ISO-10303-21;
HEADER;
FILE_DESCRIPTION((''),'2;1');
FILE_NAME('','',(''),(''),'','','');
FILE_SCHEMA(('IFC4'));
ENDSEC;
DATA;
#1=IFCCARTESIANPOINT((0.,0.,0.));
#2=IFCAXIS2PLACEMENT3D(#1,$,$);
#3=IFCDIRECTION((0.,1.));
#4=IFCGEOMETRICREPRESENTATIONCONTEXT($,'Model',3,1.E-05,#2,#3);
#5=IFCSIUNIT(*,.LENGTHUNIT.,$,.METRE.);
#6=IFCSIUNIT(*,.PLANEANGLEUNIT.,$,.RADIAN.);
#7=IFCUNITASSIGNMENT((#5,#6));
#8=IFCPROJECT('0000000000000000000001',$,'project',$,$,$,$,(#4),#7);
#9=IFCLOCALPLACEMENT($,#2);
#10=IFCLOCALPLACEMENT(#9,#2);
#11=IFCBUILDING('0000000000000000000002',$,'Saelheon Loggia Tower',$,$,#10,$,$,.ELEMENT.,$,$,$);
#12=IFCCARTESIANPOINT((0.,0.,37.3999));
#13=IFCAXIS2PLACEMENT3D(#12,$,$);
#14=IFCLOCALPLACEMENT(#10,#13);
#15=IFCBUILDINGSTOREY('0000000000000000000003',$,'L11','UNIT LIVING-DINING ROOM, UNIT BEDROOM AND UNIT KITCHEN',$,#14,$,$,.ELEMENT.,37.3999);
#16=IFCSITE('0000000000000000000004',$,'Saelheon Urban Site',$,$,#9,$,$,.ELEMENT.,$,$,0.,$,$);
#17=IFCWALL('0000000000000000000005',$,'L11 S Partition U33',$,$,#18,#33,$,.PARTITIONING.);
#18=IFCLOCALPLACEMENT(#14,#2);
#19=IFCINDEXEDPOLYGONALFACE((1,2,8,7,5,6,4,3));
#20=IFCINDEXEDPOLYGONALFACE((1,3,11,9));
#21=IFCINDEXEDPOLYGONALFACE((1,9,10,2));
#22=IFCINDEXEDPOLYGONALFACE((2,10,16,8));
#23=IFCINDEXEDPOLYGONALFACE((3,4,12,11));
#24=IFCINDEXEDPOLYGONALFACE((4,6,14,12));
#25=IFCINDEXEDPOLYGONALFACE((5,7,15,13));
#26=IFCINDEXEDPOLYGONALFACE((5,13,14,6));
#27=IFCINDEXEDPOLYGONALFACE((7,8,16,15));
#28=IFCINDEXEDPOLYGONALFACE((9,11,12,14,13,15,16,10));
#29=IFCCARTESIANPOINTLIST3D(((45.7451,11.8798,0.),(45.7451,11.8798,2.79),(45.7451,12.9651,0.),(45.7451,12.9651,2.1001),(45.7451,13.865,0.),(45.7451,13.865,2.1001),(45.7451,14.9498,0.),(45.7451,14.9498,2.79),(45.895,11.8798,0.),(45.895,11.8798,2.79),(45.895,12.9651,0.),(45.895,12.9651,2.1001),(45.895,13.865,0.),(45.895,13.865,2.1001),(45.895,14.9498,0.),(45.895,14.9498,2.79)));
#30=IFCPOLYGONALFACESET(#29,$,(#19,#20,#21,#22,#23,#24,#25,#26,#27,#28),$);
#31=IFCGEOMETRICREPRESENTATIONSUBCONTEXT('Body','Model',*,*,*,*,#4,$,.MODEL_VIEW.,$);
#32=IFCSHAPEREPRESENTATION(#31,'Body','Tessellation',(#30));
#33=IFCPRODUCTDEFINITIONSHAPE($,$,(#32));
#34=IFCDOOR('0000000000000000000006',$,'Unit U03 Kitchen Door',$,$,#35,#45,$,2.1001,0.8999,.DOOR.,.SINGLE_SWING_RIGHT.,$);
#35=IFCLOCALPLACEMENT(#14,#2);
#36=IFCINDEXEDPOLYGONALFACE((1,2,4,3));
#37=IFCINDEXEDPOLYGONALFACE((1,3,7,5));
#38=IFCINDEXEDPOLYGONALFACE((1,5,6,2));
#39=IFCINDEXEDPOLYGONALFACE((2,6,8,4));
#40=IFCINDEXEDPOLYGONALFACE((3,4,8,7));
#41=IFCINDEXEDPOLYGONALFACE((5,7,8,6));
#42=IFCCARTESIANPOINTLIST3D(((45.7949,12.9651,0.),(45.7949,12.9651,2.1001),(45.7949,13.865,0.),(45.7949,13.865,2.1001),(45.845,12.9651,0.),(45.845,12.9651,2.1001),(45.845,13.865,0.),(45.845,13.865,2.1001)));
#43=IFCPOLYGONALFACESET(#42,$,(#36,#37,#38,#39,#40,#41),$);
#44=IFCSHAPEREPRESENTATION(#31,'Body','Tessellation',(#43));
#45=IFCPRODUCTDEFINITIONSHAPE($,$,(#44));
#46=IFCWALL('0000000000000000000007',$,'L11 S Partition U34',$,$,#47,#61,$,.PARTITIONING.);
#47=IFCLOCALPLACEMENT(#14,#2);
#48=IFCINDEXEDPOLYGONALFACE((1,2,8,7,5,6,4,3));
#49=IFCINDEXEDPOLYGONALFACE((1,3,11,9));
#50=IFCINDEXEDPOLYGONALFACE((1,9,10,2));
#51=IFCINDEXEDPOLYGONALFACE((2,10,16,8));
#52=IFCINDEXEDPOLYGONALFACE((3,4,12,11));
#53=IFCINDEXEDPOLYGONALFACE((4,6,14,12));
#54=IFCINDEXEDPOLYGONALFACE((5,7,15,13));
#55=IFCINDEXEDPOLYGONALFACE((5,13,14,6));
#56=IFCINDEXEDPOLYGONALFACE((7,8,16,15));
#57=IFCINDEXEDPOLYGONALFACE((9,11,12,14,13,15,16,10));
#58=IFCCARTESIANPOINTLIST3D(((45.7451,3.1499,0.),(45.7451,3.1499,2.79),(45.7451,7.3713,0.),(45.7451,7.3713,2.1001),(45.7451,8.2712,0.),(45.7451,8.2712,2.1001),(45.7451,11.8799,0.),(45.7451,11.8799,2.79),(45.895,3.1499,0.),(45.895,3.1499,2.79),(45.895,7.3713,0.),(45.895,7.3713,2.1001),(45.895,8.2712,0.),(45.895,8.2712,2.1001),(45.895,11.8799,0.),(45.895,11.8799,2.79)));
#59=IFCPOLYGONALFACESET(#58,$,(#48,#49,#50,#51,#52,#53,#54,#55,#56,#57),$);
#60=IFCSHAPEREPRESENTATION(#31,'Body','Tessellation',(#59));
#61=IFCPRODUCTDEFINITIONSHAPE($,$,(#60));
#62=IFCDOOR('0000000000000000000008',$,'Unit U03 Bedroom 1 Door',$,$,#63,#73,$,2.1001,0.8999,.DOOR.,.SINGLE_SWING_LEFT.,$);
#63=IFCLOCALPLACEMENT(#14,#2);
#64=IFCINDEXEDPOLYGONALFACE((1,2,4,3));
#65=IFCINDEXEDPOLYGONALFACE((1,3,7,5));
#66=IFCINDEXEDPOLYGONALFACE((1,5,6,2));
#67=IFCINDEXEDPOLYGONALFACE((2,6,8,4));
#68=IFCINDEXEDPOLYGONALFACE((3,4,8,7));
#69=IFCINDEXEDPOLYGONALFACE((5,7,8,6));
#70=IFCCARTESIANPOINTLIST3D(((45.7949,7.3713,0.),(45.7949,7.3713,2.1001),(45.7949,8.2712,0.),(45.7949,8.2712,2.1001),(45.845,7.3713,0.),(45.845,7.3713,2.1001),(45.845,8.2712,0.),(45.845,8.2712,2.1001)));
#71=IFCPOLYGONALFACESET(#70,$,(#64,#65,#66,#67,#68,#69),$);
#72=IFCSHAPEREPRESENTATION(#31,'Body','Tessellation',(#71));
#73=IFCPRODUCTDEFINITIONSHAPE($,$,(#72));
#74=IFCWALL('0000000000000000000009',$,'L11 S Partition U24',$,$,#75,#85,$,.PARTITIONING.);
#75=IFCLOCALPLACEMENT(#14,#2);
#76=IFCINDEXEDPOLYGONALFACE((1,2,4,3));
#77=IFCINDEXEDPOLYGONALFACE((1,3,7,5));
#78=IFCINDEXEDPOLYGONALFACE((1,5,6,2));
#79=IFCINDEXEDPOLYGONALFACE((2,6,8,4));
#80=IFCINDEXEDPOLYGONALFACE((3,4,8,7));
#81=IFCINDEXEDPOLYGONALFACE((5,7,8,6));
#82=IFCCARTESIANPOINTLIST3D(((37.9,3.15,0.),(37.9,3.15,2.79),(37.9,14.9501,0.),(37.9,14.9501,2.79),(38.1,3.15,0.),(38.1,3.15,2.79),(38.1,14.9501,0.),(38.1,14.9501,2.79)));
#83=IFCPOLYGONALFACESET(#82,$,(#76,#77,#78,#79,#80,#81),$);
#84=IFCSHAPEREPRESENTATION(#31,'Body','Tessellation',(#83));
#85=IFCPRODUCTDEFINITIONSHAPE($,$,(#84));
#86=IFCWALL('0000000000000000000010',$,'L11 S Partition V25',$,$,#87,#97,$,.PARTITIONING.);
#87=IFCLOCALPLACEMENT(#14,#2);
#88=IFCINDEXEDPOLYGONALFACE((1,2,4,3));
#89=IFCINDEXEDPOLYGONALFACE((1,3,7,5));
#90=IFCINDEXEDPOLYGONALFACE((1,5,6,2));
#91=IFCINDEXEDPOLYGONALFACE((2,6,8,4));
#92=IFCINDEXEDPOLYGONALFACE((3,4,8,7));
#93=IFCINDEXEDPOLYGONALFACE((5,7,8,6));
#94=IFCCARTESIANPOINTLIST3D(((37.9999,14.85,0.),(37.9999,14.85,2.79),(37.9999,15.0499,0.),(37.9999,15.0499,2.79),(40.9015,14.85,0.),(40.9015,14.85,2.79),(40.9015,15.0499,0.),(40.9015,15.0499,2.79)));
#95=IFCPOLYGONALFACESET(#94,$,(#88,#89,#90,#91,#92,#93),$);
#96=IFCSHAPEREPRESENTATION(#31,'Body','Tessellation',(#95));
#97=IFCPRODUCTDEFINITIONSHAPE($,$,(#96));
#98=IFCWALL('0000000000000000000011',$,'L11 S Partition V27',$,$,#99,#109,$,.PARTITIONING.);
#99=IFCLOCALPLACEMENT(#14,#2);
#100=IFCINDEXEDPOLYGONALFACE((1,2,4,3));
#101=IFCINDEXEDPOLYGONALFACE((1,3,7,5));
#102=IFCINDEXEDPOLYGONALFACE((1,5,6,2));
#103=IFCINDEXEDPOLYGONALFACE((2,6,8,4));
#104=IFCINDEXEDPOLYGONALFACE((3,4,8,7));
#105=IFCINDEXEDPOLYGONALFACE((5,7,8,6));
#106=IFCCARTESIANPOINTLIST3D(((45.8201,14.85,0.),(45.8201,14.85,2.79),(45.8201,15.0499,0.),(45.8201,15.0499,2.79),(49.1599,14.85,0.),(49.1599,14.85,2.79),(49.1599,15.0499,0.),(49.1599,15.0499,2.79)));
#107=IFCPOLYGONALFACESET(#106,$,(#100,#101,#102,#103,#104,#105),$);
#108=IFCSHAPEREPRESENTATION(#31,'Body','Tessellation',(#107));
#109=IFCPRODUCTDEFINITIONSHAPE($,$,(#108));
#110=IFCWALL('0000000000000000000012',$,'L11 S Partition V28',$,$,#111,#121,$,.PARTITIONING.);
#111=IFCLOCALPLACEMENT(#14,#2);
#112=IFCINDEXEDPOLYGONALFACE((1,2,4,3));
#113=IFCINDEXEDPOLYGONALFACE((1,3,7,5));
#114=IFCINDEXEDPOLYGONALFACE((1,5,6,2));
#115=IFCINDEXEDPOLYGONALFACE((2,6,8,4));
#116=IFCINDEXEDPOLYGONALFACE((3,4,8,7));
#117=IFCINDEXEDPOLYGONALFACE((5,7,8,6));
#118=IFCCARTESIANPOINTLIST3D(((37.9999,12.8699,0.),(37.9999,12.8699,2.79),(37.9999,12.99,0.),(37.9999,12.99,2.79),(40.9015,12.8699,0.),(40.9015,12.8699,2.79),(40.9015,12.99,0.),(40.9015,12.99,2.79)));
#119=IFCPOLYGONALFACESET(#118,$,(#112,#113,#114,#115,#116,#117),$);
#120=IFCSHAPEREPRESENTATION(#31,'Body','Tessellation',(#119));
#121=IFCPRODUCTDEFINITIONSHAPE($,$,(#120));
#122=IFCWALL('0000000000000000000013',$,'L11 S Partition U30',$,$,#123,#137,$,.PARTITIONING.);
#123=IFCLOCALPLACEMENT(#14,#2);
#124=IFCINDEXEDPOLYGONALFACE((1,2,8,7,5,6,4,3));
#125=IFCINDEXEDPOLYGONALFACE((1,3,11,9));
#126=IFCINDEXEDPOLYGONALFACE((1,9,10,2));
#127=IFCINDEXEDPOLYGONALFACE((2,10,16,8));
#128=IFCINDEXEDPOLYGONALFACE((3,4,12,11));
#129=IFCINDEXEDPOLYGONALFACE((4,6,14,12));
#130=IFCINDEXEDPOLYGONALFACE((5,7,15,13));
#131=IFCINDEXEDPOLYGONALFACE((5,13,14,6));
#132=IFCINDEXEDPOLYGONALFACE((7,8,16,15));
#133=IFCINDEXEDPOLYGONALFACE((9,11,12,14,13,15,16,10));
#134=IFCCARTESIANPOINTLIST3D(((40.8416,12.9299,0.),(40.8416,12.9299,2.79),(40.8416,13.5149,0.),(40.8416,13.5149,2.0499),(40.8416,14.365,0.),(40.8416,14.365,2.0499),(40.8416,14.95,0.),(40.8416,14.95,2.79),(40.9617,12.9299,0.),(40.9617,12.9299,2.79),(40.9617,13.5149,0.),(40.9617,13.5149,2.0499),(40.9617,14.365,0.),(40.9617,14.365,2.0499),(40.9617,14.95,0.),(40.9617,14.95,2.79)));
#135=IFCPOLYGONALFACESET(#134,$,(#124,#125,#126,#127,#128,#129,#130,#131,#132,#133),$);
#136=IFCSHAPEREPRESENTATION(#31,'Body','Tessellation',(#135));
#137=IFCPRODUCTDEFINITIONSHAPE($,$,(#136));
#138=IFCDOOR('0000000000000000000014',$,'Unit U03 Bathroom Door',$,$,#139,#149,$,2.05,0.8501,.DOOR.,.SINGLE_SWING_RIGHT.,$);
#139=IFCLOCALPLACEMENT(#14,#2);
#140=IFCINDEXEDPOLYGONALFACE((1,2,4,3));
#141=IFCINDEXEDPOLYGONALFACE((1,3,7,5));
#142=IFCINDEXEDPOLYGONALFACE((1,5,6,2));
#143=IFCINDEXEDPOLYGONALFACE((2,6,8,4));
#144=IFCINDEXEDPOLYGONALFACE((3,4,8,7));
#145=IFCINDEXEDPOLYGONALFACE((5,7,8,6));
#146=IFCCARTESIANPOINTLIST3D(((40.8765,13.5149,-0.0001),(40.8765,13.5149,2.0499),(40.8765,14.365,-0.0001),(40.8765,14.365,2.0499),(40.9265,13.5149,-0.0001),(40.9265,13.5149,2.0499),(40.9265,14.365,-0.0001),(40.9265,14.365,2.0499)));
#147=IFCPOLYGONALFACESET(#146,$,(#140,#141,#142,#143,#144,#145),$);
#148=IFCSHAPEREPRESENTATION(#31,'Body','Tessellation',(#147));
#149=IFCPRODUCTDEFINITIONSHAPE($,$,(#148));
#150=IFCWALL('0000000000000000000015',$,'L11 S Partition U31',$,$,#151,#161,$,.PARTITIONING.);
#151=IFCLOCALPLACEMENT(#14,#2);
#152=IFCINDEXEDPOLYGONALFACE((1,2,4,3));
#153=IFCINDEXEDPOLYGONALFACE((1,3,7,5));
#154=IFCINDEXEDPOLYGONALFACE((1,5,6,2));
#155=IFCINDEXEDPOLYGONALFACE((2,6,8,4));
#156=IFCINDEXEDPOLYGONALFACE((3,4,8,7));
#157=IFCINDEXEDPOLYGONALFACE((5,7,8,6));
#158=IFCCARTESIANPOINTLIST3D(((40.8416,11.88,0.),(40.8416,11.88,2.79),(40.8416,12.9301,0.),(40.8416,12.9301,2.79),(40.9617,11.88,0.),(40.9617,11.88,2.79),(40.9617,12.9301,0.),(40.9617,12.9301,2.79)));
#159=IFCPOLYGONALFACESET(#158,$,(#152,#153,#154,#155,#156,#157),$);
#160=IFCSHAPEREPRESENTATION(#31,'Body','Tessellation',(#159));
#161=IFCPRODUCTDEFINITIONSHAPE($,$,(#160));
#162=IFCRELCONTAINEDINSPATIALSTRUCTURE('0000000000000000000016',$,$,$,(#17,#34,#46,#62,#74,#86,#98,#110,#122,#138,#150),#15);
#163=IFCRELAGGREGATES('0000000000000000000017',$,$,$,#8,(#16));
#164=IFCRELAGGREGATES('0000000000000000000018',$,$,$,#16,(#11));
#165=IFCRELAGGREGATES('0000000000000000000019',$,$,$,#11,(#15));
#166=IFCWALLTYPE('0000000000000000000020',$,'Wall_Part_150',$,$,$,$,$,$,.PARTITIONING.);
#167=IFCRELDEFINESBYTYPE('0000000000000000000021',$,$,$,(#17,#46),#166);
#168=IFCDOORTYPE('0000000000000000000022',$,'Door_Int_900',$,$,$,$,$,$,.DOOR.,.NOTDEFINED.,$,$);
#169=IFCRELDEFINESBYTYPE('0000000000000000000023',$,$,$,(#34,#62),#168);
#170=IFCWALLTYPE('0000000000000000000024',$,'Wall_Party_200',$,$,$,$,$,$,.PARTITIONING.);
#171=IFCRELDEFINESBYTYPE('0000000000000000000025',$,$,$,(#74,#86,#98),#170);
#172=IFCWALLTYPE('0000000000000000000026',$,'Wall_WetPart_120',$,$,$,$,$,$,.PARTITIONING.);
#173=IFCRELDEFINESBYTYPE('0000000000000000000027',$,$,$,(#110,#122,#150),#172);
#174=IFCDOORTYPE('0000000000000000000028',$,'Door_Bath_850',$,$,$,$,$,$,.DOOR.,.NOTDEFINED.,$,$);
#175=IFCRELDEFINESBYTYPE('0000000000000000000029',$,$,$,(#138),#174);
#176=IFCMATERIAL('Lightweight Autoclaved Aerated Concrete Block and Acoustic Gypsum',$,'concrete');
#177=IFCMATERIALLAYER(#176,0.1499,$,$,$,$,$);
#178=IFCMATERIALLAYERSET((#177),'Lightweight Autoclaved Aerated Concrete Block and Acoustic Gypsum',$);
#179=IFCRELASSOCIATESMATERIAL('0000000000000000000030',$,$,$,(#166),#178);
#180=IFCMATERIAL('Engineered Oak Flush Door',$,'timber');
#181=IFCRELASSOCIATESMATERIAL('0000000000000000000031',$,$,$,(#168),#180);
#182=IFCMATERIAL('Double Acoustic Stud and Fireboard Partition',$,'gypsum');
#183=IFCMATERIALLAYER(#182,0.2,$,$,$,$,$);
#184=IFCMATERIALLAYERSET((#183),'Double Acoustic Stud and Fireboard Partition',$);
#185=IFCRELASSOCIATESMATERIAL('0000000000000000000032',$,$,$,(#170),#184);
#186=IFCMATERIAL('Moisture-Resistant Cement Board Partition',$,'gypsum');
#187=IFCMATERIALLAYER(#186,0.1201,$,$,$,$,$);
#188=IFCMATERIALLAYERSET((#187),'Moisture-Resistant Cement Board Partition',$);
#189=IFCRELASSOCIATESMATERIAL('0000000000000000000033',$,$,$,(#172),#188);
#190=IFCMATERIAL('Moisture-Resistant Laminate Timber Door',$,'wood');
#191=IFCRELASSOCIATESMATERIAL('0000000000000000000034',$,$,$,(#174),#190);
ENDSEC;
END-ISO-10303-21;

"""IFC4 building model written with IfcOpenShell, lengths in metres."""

from ifc_helpers import new_model, si_unit, direction, frame, frame_2d, origin, place, context, subcontext, project, spatial, rectangle, extrude, source, transform, mapped, material, layer, layer_set, type_object, element, fill, save


model = new_model("IFC4")

# Units and contexts
model_context = context("Model", 3, precision=1e-05, world=origin(), true_north=direction((0.0, 1.0)))
body_context = subcontext(model_context, "Body", "Model", "MODEL_VIEW")
ifc_project = project(units=[si_unit("LENGTHUNIT", "METRE"), si_unit("PLANEANGLEUNIT", "RADIAN")], contexts=[model_context])

# Site, building, storey
site_placement = place(None, origin())
site = spatial("IfcSite", under=ifc_project, at=site_placement, Name="Saelheon Urban Site", CompositionType="ELEMENT", RefElevation=0.0)
building_placement = place(site_placement, origin())
building = spatial("IfcBuilding", under=site, at=building_placement, Name="Saelheon Loggia Tower", CompositionType="ELEMENT")
storey_placement = place(building_placement, frame((0.0, 0.0, 37.3999)))
storey = spatial("IfcBuildingStorey", under=building, at=storey_placement, Name="L11", Description="UNIT LIVING-DINING ROOM, UNIT BEDROOM AND UNIT KITCHEN", CompositionType="ELEMENT", Elevation=37.3999)

# Shared definitions
ifc_material_1 = material(Name="Lightweight Autoclaved Aerated Concrete Block and Acoustic Gypsum", Category="concrete")
ifc_layer_1 = layer(ifc_material_1, 0.1499)
ifc_layer_set_1 = layer_set([ifc_layer_1], Name="Lightweight Autoclaved Aerated Concrete Block and Acoustic Gypsum")
wall_type_1 = type_object("IfcWallType", Name="Wall_Part_150", PredefinedType="PARTITIONING", material=ifc_layer_set_1)
ifc_material_2 = material(Name="Engineered Oak Flush Door", Category="timber")
door_type_1 = type_object("IfcDoorType", Name="Door_Int_900", OperationType="NOTDEFINED", PredefinedType="DOOR", material=ifc_material_2)
shared_shape_1 = source(origin(), body_context, "Body", "SweptSolid", [
    extrude(rectangle(XDim=0.8999, YDim=2.1001, at=frame_2d((0.45, 1.05))), frame((0.0, 0.0249, 0.0), z_axis=(0.0, -1.0, 0.0), x_axis=(1.0, 0.0, 0.0)), (0.0, 0.0, 1.0), 0.05),
])

# Walls, openings, doors
wall_1_placement = place(storey_placement, frame((45.8201, 14.95, 0.0), z_axis=(0.0, 0.0, 1.0), x_axis=(0.0, -1.0, 0.0)))
wall_1 = element("IfcWall", 1, at=wall_1_placement, inside=storey, type_object=wall_type_1, Name="L11 S Partition U33", PredefinedType="PARTITIONING", context=body_context, shape_type="SweptSolid", body=[
    extrude(rectangle(XDim=3.0701, YDim=0.1499, at=frame_2d((1.5352, 0.0))), origin(), (0.0, 0.0, 1.0), 2.79),
])
opening_1_placement = place(wall_1_placement, frame((1.085, 0.0, 0.0)))
opening_1 = element("IfcOpeningElement", 2, at=opening_1_placement, cuts=wall_1, PredefinedType="OPENING", context=body_context, shape_type="SweptSolid", body=[
    extrude(rectangle(XDim=0.8999, YDim=2.1001, at=frame_2d((0.45, 1.05))), frame((0.0, 0.0869, 0.0), z_axis=(0.0, -1.0, 0.0), x_axis=(1.0, 0.0, 0.0)), (0.0, 0.0, 1.0), 0.1738),
])
door_1_placement = place(opening_1_placement, origin())
door_1 = element("IfcDoor", 3, at=door_1_placement, inside=storey, type_object=door_type_1, Name="Unit U03 Kitchen Door", OperationType="SINGLE_SWING_RIGHT", OverallHeight=2.1001, OverallWidth=0.8999, PredefinedType="DOOR", context=body_context, shape_type="MappedRepresentation", body=[
    mapped(shared_shape_1, transform((0.0, 0.0, 0.0), scale=1.0)),
])
fill(opening_1, door_1)
wall_2_placement = place(storey_placement, frame((45.8201, 11.8799, 0.0), z_axis=(0.0, 0.0, 1.0), x_axis=(0.0, -1.0, 0.0)))
wall_2 = element("IfcWall", 4, at=wall_2_placement, inside=storey, type_object=wall_type_1, Name="L11 S Partition U34", PredefinedType="PARTITIONING", context=body_context, shape_type="SweptSolid", body=[
    extrude(rectangle(XDim=8.73, YDim=0.1499, at=frame_2d((4.365, 0.0))), origin(), (0.0, 0.0, 1.0), 2.79),
])
opening_2_placement = place(wall_2_placement, frame((3.6086, 0.0, 0.0)))
opening_2 = element("IfcOpeningElement", 5, at=opening_2_placement, cuts=wall_2, PredefinedType="OPENING", context=body_context, shape_type="SweptSolid", body=[
    extrude(rectangle(XDim=0.8999, YDim=2.1001, at=frame_2d((0.45, 1.05))), frame((0.0, 0.0869, 0.0), z_axis=(0.0, -1.0, 0.0), x_axis=(1.0, 0.0, 0.0)), (0.0, 0.0, 1.0), 0.1738),
])
door_2_placement = place(opening_2_placement, origin())
door_2 = element("IfcDoor", 6, at=door_2_placement, inside=storey, type_object=door_type_1, Name="Unit U03 Bedroom 1 Door", OperationType="SINGLE_SWING_LEFT", OverallHeight=2.1001, OverallWidth=0.8999, PredefinedType="DOOR", context=body_context, shape_type="MappedRepresentation", body=[
    mapped(shared_shape_1, transform((0.0, 0.0, 0.0), scale=1.0)),
])
fill(opening_2, door_2)

# Walls
ifc_material_3 = material(Name="Double Acoustic Stud and Fireboard Partition", Category="gypsum")
ifc_layer_2 = layer(ifc_material_3, 0.2)
ifc_layer_set_2 = layer_set([ifc_layer_2], Name="Double Acoustic Stud and Fireboard Partition")
wall_type_2 = type_object("IfcWallType", Name="Wall_Party_200", PredefinedType="PARTITIONING", material=ifc_layer_set_2)
wall_3_placement = place(storey_placement, frame((38.0, 14.95, 0.0), z_axis=(0.0, 0.0, 1.0), x_axis=(0.0, -1.0, 0.0)))
element("IfcWall", 7, at=wall_3_placement, inside=storey, type_object=wall_type_2, Name="L11 S Partition U24", PredefinedType="PARTITIONING", context=body_context, shape_type="SweptSolid", body=[
    extrude(rectangle(XDim=11.8, YDim=0.2, at=frame_2d((5.8999, 0.0))), origin(), (0.0, 0.0, 1.0), 2.79),
])
wall_4_placement = place(storey_placement, frame((38.0, 14.95, 0.0), z_axis=(0.0, 0.0, 1.0), x_axis=(1.0, 0.0, 0.0)))
element("IfcWall", 8, at=wall_4_placement, inside=storey, type_object=wall_type_2, Name="L11 S Partition V25", PredefinedType="PARTITIONING", context=body_context, shape_type="SweptSolid", body=[
    extrude(rectangle(XDim=2.9016, YDim=0.2, at=frame_2d((1.4507, 0.0))), origin(), (0.0, 0.0, 1.0), 2.79),
])

# Walls
wall_5_placement = place(storey_placement, frame((45.8201, 14.95, 0.0), z_axis=(0.0, 0.0, 1.0), x_axis=(1.0, 0.0, 0.0)))
element("IfcWall", 9, at=wall_5_placement, inside=storey, type_object=wall_type_2, Name="L11 S Partition V27", PredefinedType="PARTITIONING", context=body_context, shape_type="SweptSolid", body=[
    extrude(rectangle(XDim=3.3398, YDim=0.2, at=frame_2d((1.6699, 0.0))), origin(), (0.0, 0.0, 1.0), 2.79),
])
ifc_material_4 = material(Name="Moisture-Resistant Cement Board Partition", Category="gypsum")
ifc_layer_3 = layer(ifc_material_4, 0.1201)
ifc_layer_set_3 = layer_set([ifc_layer_3], Name="Moisture-Resistant Cement Board Partition")
wall_type_3 = type_object("IfcWallType", Name="Wall_WetPart_120", PredefinedType="PARTITIONING", material=ifc_layer_set_3)
wall_6_placement = place(storey_placement, frame((38.0, 12.9299, 0.0), z_axis=(0.0, 0.0, 1.0), x_axis=(1.0, 0.0, 0.0)))
element("IfcWall", 10, at=wall_6_placement, inside=storey, type_object=wall_type_3, Name="L11 S Partition V28", PredefinedType="PARTITIONING", context=body_context, shape_type="SweptSolid", body=[
    extrude(rectangle(XDim=2.9016, YDim=0.1201, at=frame_2d((1.4507, 0.0))), origin(), (0.0, 0.0, 1.0), 2.79),
])

# Wall, opening, door
wall_7_placement = place(storey_placement, frame((40.9016, 14.95, 0.0), z_axis=(0.0, 0.0, 1.0), x_axis=(0.0, -1.0, 0.0)))
wall_7 = element("IfcWall", 11, at=wall_7_placement, inside=storey, type_object=wall_type_3, Name="L11 S Partition U30", PredefinedType="PARTITIONING", context=body_context, shape_type="SweptSolid", body=[
    extrude(rectangle(XDim=2.02, YDim=0.1201, at=frame_2d((1.01, 0.0))), origin(), (0.0, 0.0, 1.0), 2.79),
])
opening_3_placement = place(wall_7_placement, frame((0.585, 0.0, 0.0)))
opening_3 = element("IfcOpeningElement", 12, at=opening_3_placement, cuts=wall_7, PredefinedType="OPENING", context=body_context, shape_type="SweptSolid", body=[
    extrude(rectangle(XDim=0.8501, YDim=2.05, at=frame_2d((0.425, 1.0249))), frame((0.0, 0.072, 0.0), z_axis=(0.0, -1.0, 0.0), x_axis=(1.0, 0.0, 0.0)), (0.0, 0.0, 1.0), 0.144),
])
ifc_material_5 = material(Name="Moisture-Resistant Laminate Timber Door", Category="wood")
door_type_2 = type_object("IfcDoorType", Name="Door_Bath_850", OperationType="NOTDEFINED", PredefinedType="DOOR", material=ifc_material_5)
shared_shape_2 = source(origin(), body_context, "Body", "SweptSolid", [
    extrude(rectangle(XDim=0.8501, YDim=2.05, at=frame_2d((0.425, 1.0249))), frame((0.0, 0.0249, 0.0), z_axis=(0.0, -1.0, 0.0), x_axis=(1.0, 0.0, 0.0)), (0.0, 0.0, 1.0), 0.05),
])
door_3_placement = place(opening_3_placement, origin())
door_3 = element("IfcDoor", 13, at=door_3_placement, inside=storey, type_object=door_type_2, Name="Unit U03 Bathroom Door", OperationType="SINGLE_SWING_RIGHT", OverallHeight=2.05, OverallWidth=0.8501, PredefinedType="DOOR", context=body_context, shape_type="MappedRepresentation", body=[
    mapped(shared_shape_2, transform((0.0, 0.0, 0.0), scale=1.0)),
])
fill(opening_3, door_3)

# Wall
wall_8_placement = place(storey_placement, frame((40.9016, 12.9299, 0.0), z_axis=(0.0, 0.0, 1.0), x_axis=(0.0, -1.0, 0.0)))
element("IfcWall", 14, at=wall_8_placement, inside=storey, type_object=wall_type_3, Name="L11 S Partition U31", PredefinedType="PARTITIONING", context=body_context, shape_type="SweptSolid", body=[
    extrude(rectangle(XDim=1.05, YDim=0.1201, at=frame_2d((0.5249, 0.0))), origin(), (0.0, 0.0, 1.0), 2.79),
])

save(model, "model.ifc")
